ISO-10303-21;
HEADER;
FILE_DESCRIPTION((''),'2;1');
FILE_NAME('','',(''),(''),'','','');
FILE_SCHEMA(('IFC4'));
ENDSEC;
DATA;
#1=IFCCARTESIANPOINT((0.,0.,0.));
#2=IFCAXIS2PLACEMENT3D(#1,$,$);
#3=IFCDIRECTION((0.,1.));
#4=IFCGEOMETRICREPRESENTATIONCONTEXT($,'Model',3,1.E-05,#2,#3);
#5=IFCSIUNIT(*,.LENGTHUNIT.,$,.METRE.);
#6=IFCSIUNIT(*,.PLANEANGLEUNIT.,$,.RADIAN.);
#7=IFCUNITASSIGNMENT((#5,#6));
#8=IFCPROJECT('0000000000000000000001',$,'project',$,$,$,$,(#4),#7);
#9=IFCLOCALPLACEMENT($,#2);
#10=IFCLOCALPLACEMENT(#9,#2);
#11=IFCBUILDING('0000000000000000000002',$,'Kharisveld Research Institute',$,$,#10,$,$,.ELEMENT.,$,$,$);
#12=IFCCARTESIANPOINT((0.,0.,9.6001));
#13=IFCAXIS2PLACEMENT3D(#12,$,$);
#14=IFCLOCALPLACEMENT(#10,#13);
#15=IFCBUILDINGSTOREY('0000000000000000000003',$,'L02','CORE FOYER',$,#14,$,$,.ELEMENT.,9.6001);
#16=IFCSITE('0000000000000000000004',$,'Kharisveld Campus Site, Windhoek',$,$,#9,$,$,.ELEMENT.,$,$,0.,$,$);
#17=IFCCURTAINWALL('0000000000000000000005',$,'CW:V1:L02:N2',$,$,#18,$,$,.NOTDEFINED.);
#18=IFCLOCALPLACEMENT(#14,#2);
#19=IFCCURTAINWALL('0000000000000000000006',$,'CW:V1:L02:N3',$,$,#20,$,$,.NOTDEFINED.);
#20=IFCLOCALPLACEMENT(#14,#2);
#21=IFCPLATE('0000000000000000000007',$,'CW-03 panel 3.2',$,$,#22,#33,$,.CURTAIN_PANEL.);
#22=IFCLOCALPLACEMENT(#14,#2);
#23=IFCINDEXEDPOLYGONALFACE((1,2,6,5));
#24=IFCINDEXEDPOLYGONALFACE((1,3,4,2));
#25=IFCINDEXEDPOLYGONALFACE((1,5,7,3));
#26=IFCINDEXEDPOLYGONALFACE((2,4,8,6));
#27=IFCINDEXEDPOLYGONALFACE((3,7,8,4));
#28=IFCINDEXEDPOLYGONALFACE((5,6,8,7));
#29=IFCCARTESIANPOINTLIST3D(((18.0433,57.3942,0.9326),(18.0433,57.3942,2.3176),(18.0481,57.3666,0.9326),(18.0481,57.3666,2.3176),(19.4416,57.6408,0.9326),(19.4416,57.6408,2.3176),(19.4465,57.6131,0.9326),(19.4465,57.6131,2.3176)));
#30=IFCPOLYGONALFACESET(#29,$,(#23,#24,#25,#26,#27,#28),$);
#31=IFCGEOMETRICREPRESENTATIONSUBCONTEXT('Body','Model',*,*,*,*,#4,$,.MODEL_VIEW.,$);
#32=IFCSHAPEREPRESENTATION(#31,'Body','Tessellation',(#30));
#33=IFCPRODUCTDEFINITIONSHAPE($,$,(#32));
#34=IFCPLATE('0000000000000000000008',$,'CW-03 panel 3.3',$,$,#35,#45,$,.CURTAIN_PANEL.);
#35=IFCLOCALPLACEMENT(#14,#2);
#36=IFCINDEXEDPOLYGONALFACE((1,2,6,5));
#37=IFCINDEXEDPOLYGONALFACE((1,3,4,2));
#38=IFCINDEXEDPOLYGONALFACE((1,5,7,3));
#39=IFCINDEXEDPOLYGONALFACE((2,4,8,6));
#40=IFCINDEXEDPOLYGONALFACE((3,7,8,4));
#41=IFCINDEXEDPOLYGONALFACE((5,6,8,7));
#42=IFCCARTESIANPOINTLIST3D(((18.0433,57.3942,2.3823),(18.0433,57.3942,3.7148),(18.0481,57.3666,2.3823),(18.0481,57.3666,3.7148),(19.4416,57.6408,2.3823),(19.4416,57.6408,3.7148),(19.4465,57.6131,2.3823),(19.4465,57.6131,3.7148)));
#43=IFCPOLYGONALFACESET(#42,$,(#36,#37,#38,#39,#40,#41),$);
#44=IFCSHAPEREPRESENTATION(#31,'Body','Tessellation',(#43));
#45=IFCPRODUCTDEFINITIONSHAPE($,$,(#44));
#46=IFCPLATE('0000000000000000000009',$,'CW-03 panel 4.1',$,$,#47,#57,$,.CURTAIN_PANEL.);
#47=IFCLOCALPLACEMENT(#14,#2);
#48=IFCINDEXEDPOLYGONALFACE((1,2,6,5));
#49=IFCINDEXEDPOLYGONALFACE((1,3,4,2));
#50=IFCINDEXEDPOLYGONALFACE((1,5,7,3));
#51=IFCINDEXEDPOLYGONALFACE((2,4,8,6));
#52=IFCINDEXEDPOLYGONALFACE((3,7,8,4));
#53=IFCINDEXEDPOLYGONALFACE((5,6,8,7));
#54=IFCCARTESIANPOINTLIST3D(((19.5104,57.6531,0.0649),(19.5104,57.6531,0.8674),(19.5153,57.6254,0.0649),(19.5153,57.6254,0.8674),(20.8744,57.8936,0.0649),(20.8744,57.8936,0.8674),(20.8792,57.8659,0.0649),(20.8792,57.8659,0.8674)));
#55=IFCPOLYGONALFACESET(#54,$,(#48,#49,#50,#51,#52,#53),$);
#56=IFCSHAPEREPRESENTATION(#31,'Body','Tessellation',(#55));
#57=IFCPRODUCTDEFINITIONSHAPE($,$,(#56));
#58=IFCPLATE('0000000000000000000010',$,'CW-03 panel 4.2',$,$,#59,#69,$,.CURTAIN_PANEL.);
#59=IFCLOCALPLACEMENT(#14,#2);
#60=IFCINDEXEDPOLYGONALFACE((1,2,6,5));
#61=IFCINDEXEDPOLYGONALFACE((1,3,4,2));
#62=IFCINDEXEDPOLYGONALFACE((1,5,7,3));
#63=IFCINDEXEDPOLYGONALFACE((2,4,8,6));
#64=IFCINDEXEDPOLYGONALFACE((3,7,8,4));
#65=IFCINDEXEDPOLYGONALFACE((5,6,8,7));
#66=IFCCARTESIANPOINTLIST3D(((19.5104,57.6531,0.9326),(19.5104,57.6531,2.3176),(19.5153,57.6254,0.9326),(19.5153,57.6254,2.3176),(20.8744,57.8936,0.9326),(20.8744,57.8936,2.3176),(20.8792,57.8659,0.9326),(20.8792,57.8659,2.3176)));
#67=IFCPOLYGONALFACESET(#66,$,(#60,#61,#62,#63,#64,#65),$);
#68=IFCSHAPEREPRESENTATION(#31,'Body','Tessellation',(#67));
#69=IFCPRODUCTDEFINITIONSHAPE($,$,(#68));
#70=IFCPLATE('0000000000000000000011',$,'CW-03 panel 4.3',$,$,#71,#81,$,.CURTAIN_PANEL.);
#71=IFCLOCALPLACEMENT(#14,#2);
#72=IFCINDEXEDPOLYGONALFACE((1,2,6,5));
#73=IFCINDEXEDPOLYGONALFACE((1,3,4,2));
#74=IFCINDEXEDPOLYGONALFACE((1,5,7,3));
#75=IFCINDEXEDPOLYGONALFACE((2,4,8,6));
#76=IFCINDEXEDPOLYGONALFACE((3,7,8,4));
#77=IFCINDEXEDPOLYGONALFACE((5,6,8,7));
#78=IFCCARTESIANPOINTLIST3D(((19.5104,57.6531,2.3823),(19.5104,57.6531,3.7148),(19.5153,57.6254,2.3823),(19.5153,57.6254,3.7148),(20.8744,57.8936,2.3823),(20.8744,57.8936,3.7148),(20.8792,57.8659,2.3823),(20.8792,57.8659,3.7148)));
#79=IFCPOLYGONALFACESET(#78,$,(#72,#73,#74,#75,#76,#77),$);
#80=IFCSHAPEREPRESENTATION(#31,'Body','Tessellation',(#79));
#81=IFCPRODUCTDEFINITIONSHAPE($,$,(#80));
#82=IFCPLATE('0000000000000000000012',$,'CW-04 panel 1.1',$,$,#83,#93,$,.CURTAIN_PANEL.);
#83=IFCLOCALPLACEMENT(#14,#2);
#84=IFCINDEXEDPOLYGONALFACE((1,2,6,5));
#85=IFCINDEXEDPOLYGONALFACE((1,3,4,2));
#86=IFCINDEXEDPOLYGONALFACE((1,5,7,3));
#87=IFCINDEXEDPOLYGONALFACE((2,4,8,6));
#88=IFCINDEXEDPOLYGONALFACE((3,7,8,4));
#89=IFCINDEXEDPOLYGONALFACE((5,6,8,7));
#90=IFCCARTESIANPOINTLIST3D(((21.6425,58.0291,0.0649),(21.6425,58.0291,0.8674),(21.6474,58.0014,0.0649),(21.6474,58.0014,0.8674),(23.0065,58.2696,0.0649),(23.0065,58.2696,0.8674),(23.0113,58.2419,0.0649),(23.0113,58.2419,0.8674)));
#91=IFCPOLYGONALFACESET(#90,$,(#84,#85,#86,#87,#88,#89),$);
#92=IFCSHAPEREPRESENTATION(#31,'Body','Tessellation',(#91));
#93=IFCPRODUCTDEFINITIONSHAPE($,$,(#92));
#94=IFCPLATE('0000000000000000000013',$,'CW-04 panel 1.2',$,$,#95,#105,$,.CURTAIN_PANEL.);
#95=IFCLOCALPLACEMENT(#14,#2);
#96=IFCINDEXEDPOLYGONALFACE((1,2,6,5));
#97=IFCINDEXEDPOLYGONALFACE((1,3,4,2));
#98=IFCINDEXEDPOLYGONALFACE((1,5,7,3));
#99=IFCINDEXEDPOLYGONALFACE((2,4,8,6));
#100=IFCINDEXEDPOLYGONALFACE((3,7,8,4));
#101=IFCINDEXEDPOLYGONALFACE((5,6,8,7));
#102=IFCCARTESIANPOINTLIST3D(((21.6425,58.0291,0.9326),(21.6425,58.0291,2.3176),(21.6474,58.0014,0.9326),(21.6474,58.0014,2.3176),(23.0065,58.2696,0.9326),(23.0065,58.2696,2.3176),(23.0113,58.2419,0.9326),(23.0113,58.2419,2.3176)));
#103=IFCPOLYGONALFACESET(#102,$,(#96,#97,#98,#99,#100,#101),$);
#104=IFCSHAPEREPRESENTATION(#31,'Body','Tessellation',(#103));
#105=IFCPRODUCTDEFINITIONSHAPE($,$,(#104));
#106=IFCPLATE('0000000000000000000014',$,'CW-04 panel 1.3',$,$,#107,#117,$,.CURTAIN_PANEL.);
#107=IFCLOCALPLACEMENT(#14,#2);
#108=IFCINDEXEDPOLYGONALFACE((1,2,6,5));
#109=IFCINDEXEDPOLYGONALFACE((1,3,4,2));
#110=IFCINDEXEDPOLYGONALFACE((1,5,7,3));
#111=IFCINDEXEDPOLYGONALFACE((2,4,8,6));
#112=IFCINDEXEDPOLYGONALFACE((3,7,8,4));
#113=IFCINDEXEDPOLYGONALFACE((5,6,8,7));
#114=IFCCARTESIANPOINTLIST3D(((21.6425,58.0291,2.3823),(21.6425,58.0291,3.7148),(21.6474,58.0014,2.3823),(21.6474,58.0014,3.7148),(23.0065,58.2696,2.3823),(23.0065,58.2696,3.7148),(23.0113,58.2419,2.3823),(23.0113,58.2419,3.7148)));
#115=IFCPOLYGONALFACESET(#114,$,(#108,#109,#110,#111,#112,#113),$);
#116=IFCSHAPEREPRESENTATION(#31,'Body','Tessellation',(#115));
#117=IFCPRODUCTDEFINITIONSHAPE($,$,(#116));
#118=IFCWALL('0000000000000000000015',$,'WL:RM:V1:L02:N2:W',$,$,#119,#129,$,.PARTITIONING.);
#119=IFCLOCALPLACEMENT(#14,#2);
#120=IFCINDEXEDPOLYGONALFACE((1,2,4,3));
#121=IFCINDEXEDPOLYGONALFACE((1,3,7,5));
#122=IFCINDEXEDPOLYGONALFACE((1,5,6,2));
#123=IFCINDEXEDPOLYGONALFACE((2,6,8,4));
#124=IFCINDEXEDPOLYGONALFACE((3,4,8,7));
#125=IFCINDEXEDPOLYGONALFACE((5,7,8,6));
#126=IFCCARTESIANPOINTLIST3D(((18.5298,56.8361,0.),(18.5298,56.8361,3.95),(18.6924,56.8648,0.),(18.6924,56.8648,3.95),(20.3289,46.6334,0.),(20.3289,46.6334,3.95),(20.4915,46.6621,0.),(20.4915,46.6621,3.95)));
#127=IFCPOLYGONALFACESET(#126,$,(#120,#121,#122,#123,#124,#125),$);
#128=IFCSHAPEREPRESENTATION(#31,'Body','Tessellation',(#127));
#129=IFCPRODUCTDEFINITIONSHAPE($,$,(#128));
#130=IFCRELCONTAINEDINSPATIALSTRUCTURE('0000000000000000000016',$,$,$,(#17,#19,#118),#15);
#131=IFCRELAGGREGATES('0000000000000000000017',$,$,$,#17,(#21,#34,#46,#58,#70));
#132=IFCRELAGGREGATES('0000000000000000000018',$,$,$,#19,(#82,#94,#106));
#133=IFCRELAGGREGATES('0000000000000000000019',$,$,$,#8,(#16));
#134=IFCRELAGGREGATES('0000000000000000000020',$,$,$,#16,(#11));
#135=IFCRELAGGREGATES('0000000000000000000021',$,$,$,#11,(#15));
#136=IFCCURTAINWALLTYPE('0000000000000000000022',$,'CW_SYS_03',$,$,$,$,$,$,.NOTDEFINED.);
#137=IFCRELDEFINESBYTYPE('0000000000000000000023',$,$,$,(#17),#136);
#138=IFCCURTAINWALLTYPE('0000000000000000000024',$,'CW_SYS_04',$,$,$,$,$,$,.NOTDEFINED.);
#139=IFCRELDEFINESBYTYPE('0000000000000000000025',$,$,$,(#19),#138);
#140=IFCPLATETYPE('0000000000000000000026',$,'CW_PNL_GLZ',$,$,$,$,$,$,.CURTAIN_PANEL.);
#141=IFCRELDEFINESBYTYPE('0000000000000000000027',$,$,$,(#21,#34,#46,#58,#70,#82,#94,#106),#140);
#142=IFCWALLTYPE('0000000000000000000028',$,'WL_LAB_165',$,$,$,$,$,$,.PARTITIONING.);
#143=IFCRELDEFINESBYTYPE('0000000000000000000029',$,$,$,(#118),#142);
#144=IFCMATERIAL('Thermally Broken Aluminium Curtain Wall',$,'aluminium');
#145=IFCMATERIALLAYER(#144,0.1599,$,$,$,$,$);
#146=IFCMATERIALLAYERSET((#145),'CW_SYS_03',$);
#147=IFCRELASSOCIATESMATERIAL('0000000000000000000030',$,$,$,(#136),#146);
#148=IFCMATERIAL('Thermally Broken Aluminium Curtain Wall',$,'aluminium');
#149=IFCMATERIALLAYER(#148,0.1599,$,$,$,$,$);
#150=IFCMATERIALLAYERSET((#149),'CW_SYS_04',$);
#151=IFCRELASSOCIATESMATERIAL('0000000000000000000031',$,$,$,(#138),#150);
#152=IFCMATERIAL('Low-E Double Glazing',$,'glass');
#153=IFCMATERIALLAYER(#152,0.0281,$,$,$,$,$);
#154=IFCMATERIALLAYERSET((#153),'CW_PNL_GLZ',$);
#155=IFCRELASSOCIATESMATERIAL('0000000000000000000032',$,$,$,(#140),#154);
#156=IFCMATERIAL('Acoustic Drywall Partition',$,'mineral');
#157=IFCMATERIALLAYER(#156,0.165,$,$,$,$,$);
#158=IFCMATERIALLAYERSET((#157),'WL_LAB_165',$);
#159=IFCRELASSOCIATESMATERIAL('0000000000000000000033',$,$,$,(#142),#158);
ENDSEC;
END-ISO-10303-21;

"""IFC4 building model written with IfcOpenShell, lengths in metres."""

from ifc_helpers import new_model, si_unit, direction, frame, frame_2d, origin, origin_2d, place, context, subcontext, project, spatial, rectangle, extrude, material, layer, layer_set, type_object, element, aggregate, save


model = new_model("IFC4")

# Units and contexts
model_context = context("Model", 3, precision=1e-05, world=origin(), true_north=direction((0.0, 1.0)))
body_context = subcontext(model_context, "Body", "Model", "MODEL_VIEW")
ifc_project = project(units=[si_unit("LENGTHUNIT", "METRE"), si_unit("PLANEANGLEUNIT", "RADIAN")], contexts=[model_context])

# Site, building, storey
site_placement = place(None, origin())
site = spatial("IfcSite", under=ifc_project, at=site_placement, Name="Kharisveld Campus Site, Windhoek", CompositionType="ELEMENT", RefElevation=0.0)
building_placement = place(site_placement, origin())
building = spatial("IfcBuilding", under=site, at=building_placement, Name="Kharisveld Research Institute", CompositionType="ELEMENT")
storey_placement = place(building_placement, frame((0.0, 0.0, 9.6001)))
storey = spatial("IfcBuildingStorey", under=building, at=storey_placement, Name="L02", Description="CORE FOYER", CompositionType="ELEMENT", Elevation=9.6001)

# Curtain wall
ifc_material_1 = material(Name="Thermally Broken Aluminium Curtain Wall", Category="aluminium")
ifc_layer_1 = layer(ifc_material_1, 0.1599)
ifc_layer_set_1 = layer_set([ifc_layer_1], Name="CW_SYS_03")
curtain_wall_type_1 = type_object("IfcCurtainWallType", Name="CW_SYS_03", PredefinedType="NOTDEFINED", material=ifc_layer_set_1)
curtain_wall_1_placement = place(storey_placement, origin())
curtain_wall_1 = element("IfcCurtainWall", 1, at=curtain_wall_1_placement, inside=storey, type_object=curtain_wall_type_1, Name="CW:V1:L02:N2", PredefinedType="NOTDEFINED")

# Curtain wall
ifc_material_2 = material(Name="Thermally Broken Aluminium Curtain Wall", Category="aluminium")
ifc_layer_2 = layer(ifc_material_2, 0.1599)
ifc_layer_set_2 = layer_set([ifc_layer_2], Name="CW_SYS_04")
curtain_wall_type_2 = type_object("IfcCurtainWallType", Name="CW_SYS_04", PredefinedType="NOTDEFINED", material=ifc_layer_set_2)
curtain_wall_2_placement = place(storey_placement, origin())
curtain_wall_2 = element("IfcCurtainWall", 2, at=curtain_wall_2_placement, inside=storey, type_object=curtain_wall_type_2, Name="CW:V1:L02:N3", PredefinedType="NOTDEFINED")

# Plates
ifc_material_3 = material(Name="Low-E Double Glazing", Category="glass")
ifc_layer_3 = layer(ifc_material_3, 0.0281)
ifc_layer_set_3 = layer_set([ifc_layer_3], Name="CW_PNL_GLZ")
plate_type = type_object("IfcPlateType", Name="CW_PNL_GLZ", PredefinedType="CURTAIN_PANEL", material=ifc_layer_set_3)
plate_1_placement = place(storey_placement, frame((18.7449, 57.5037, 0.9326), z_axis=(0.0, 0.0, 1.0), x_axis=(0.984808, 0.173648, 0.0)))
plate_1 = element("IfcPlate", 3, at=plate_1_placement, type_object=plate_type, Name="CW-03 panel 3.2", PredefinedType="CURTAIN_PANEL", context=body_context, shape_type="SweptSolid", body=[
    extrude(rectangle(XDim=1.4199, YDim=0.0281, at=origin_2d()), origin(), (0.0, 0.0, 1.0), 1.385),
])
plate_2_placement = place(storey_placement, frame((18.7449, 57.5037, 2.3823), z_axis=(0.0, 0.0, 1.0), x_axis=(0.984808, 0.173648, 0.0)))
plate_2 = element("IfcPlate", 4, at=plate_2_placement, type_object=plate_type, Name="CW-03 panel 3.3", PredefinedType="CURTAIN_PANEL", context=body_context, shape_type="SweptSolid", body=[
    extrude(rectangle(XDim=1.4199, YDim=0.0281, at=origin_2d()), origin(), (0.0, 0.0, 1.0), 1.3325),
])
plate_3_placement = place(storey_placement, frame((20.1948, 57.7595, 0.0649), z_axis=(0.0, 0.0, 1.0), x_axis=(0.984808, 0.173648, 0.0)))
plate_3 = element("IfcPlate", 5, at=plate_3_placement, type_object=plate_type, Name="CW-03 panel 4.1", PredefinedType="CURTAIN_PANEL", context=body_context, shape_type="SweptSolid", body=[
    extrude(rectangle(XDim=1.385, YDim=0.0281, at=origin_2d()), origin(), (0.0, 0.0, 1.0), 0.8025),
])
plate_4_placement = place(storey_placement, frame((20.1948, 57.7595, 0.9326), z_axis=(0.0, 0.0, 1.0), x_axis=(0.984808, 0.173648, 0.0)))
plate_4 = element("IfcPlate", 6, at=plate_4_placement, type_object=plate_type, Name="CW-03 panel 4.2", PredefinedType="CURTAIN_PANEL", context=body_context, shape_type="SweptSolid", body=[
    extrude(rectangle(XDim=1.385, YDim=0.0281, at=origin_2d()), origin(), (0.0, 0.0, 1.0), 1.385),
])
plate_5_placement = place(storey_placement, frame((20.1948, 57.7595, 2.3823), z_axis=(0.0, 0.0, 1.0), x_axis=(0.984808, 0.173648, 0.0)))
plate_5 = element("IfcPlate", 7, at=plate_5_placement, type_object=plate_type, Name="CW-03 panel 4.3", PredefinedType="CURTAIN_PANEL", context=body_context, shape_type="SweptSolid", body=[
    extrude(rectangle(XDim=1.385, YDim=0.0281, at=origin_2d()), origin(), (0.0, 0.0, 1.0), 1.3325),
])
aggregate(curtain_wall_1, [plate_1, plate_2, plate_3, plate_4, plate_5])
plate_6_placement = place(storey_placement, frame((22.3269, 58.1355, 0.0649), z_axis=(0.0, 0.0, 1.0), x_axis=(0.984808, 0.173648, 0.0)))
plate_6 = element("IfcPlate", 8, at=plate_6_placement, type_object=plate_type, Name="CW-04 panel 1.1", PredefinedType="CURTAIN_PANEL", context=body_context, shape_type="SweptSolid", body=[
    extrude(rectangle(XDim=1.385, YDim=0.0281, at=origin_2d()), origin(), (0.0, 0.0, 1.0), 0.8025),
])
plate_7_placement = place(storey_placement, frame((22.3269, 58.1355, 0.9326), z_axis=(0.0, 0.0, 1.0), x_axis=(0.984808, 0.173648, 0.0)))
plate_7 = element("IfcPlate", 9, at=plate_7_placement, type_object=plate_type, Name="CW-04 panel 1.2", PredefinedType="CURTAIN_PANEL", context=body_context, shape_type="SweptSolid", body=[
    extrude(rectangle(XDim=1.385, YDim=0.0281, at=origin_2d()), origin(), (0.0, 0.0, 1.0), 1.385),
])
plate_8_placement = place(storey_placement, frame((22.3269, 58.1355, 2.3823), z_axis=(0.0, 0.0, 1.0), x_axis=(0.984808, 0.173648, 0.0)))
plate_8 = element("IfcPlate", 10, at=plate_8_placement, type_object=plate_type, Name="CW-04 panel 1.3", PredefinedType="CURTAIN_PANEL", context=body_context, shape_type="SweptSolid", body=[
    extrude(rectangle(XDim=1.385, YDim=0.0281, at=origin_2d()), origin(), (0.0, 0.0, 1.0), 1.3325),
])
aggregate(curtain_wall_2, [plate_6, plate_7, plate_8])

# Wall
ifc_material_4 = material(Name="Acoustic Drywall Partition", Category="mineral")
ifc_layer_4 = layer(ifc_material_4, 0.165)
ifc_layer_set_4 = layer_set([ifc_layer_4], Name="WL_LAB_165")
wall_type = type_object("IfcWallType", Name="WL_LAB_165", PredefinedType="PARTITIONING", material=ifc_layer_set_4)
wall_placement = place(storey_placement, frame((18.6111, 56.8506, 0.0), z_axis=(0.0, 0.0, 1.0), x_axis=(0.173655, -0.984807, 0.0)))
element("IfcWall", 11, at=wall_placement, inside=storey, type_object=wall_type, Name="WL:RM:V1:L02:N2:W", PredefinedType="PARTITIONING", context=body_context, shape_type="SweptSolid", body=[
    extrude(rectangle(XDim=10.3601, YDim=0.165, at=frame_2d((5.1802, 0.0))), origin(), (0.0, 0.0, 1.0), 3.95),
])

save(model, "model.ifc")
